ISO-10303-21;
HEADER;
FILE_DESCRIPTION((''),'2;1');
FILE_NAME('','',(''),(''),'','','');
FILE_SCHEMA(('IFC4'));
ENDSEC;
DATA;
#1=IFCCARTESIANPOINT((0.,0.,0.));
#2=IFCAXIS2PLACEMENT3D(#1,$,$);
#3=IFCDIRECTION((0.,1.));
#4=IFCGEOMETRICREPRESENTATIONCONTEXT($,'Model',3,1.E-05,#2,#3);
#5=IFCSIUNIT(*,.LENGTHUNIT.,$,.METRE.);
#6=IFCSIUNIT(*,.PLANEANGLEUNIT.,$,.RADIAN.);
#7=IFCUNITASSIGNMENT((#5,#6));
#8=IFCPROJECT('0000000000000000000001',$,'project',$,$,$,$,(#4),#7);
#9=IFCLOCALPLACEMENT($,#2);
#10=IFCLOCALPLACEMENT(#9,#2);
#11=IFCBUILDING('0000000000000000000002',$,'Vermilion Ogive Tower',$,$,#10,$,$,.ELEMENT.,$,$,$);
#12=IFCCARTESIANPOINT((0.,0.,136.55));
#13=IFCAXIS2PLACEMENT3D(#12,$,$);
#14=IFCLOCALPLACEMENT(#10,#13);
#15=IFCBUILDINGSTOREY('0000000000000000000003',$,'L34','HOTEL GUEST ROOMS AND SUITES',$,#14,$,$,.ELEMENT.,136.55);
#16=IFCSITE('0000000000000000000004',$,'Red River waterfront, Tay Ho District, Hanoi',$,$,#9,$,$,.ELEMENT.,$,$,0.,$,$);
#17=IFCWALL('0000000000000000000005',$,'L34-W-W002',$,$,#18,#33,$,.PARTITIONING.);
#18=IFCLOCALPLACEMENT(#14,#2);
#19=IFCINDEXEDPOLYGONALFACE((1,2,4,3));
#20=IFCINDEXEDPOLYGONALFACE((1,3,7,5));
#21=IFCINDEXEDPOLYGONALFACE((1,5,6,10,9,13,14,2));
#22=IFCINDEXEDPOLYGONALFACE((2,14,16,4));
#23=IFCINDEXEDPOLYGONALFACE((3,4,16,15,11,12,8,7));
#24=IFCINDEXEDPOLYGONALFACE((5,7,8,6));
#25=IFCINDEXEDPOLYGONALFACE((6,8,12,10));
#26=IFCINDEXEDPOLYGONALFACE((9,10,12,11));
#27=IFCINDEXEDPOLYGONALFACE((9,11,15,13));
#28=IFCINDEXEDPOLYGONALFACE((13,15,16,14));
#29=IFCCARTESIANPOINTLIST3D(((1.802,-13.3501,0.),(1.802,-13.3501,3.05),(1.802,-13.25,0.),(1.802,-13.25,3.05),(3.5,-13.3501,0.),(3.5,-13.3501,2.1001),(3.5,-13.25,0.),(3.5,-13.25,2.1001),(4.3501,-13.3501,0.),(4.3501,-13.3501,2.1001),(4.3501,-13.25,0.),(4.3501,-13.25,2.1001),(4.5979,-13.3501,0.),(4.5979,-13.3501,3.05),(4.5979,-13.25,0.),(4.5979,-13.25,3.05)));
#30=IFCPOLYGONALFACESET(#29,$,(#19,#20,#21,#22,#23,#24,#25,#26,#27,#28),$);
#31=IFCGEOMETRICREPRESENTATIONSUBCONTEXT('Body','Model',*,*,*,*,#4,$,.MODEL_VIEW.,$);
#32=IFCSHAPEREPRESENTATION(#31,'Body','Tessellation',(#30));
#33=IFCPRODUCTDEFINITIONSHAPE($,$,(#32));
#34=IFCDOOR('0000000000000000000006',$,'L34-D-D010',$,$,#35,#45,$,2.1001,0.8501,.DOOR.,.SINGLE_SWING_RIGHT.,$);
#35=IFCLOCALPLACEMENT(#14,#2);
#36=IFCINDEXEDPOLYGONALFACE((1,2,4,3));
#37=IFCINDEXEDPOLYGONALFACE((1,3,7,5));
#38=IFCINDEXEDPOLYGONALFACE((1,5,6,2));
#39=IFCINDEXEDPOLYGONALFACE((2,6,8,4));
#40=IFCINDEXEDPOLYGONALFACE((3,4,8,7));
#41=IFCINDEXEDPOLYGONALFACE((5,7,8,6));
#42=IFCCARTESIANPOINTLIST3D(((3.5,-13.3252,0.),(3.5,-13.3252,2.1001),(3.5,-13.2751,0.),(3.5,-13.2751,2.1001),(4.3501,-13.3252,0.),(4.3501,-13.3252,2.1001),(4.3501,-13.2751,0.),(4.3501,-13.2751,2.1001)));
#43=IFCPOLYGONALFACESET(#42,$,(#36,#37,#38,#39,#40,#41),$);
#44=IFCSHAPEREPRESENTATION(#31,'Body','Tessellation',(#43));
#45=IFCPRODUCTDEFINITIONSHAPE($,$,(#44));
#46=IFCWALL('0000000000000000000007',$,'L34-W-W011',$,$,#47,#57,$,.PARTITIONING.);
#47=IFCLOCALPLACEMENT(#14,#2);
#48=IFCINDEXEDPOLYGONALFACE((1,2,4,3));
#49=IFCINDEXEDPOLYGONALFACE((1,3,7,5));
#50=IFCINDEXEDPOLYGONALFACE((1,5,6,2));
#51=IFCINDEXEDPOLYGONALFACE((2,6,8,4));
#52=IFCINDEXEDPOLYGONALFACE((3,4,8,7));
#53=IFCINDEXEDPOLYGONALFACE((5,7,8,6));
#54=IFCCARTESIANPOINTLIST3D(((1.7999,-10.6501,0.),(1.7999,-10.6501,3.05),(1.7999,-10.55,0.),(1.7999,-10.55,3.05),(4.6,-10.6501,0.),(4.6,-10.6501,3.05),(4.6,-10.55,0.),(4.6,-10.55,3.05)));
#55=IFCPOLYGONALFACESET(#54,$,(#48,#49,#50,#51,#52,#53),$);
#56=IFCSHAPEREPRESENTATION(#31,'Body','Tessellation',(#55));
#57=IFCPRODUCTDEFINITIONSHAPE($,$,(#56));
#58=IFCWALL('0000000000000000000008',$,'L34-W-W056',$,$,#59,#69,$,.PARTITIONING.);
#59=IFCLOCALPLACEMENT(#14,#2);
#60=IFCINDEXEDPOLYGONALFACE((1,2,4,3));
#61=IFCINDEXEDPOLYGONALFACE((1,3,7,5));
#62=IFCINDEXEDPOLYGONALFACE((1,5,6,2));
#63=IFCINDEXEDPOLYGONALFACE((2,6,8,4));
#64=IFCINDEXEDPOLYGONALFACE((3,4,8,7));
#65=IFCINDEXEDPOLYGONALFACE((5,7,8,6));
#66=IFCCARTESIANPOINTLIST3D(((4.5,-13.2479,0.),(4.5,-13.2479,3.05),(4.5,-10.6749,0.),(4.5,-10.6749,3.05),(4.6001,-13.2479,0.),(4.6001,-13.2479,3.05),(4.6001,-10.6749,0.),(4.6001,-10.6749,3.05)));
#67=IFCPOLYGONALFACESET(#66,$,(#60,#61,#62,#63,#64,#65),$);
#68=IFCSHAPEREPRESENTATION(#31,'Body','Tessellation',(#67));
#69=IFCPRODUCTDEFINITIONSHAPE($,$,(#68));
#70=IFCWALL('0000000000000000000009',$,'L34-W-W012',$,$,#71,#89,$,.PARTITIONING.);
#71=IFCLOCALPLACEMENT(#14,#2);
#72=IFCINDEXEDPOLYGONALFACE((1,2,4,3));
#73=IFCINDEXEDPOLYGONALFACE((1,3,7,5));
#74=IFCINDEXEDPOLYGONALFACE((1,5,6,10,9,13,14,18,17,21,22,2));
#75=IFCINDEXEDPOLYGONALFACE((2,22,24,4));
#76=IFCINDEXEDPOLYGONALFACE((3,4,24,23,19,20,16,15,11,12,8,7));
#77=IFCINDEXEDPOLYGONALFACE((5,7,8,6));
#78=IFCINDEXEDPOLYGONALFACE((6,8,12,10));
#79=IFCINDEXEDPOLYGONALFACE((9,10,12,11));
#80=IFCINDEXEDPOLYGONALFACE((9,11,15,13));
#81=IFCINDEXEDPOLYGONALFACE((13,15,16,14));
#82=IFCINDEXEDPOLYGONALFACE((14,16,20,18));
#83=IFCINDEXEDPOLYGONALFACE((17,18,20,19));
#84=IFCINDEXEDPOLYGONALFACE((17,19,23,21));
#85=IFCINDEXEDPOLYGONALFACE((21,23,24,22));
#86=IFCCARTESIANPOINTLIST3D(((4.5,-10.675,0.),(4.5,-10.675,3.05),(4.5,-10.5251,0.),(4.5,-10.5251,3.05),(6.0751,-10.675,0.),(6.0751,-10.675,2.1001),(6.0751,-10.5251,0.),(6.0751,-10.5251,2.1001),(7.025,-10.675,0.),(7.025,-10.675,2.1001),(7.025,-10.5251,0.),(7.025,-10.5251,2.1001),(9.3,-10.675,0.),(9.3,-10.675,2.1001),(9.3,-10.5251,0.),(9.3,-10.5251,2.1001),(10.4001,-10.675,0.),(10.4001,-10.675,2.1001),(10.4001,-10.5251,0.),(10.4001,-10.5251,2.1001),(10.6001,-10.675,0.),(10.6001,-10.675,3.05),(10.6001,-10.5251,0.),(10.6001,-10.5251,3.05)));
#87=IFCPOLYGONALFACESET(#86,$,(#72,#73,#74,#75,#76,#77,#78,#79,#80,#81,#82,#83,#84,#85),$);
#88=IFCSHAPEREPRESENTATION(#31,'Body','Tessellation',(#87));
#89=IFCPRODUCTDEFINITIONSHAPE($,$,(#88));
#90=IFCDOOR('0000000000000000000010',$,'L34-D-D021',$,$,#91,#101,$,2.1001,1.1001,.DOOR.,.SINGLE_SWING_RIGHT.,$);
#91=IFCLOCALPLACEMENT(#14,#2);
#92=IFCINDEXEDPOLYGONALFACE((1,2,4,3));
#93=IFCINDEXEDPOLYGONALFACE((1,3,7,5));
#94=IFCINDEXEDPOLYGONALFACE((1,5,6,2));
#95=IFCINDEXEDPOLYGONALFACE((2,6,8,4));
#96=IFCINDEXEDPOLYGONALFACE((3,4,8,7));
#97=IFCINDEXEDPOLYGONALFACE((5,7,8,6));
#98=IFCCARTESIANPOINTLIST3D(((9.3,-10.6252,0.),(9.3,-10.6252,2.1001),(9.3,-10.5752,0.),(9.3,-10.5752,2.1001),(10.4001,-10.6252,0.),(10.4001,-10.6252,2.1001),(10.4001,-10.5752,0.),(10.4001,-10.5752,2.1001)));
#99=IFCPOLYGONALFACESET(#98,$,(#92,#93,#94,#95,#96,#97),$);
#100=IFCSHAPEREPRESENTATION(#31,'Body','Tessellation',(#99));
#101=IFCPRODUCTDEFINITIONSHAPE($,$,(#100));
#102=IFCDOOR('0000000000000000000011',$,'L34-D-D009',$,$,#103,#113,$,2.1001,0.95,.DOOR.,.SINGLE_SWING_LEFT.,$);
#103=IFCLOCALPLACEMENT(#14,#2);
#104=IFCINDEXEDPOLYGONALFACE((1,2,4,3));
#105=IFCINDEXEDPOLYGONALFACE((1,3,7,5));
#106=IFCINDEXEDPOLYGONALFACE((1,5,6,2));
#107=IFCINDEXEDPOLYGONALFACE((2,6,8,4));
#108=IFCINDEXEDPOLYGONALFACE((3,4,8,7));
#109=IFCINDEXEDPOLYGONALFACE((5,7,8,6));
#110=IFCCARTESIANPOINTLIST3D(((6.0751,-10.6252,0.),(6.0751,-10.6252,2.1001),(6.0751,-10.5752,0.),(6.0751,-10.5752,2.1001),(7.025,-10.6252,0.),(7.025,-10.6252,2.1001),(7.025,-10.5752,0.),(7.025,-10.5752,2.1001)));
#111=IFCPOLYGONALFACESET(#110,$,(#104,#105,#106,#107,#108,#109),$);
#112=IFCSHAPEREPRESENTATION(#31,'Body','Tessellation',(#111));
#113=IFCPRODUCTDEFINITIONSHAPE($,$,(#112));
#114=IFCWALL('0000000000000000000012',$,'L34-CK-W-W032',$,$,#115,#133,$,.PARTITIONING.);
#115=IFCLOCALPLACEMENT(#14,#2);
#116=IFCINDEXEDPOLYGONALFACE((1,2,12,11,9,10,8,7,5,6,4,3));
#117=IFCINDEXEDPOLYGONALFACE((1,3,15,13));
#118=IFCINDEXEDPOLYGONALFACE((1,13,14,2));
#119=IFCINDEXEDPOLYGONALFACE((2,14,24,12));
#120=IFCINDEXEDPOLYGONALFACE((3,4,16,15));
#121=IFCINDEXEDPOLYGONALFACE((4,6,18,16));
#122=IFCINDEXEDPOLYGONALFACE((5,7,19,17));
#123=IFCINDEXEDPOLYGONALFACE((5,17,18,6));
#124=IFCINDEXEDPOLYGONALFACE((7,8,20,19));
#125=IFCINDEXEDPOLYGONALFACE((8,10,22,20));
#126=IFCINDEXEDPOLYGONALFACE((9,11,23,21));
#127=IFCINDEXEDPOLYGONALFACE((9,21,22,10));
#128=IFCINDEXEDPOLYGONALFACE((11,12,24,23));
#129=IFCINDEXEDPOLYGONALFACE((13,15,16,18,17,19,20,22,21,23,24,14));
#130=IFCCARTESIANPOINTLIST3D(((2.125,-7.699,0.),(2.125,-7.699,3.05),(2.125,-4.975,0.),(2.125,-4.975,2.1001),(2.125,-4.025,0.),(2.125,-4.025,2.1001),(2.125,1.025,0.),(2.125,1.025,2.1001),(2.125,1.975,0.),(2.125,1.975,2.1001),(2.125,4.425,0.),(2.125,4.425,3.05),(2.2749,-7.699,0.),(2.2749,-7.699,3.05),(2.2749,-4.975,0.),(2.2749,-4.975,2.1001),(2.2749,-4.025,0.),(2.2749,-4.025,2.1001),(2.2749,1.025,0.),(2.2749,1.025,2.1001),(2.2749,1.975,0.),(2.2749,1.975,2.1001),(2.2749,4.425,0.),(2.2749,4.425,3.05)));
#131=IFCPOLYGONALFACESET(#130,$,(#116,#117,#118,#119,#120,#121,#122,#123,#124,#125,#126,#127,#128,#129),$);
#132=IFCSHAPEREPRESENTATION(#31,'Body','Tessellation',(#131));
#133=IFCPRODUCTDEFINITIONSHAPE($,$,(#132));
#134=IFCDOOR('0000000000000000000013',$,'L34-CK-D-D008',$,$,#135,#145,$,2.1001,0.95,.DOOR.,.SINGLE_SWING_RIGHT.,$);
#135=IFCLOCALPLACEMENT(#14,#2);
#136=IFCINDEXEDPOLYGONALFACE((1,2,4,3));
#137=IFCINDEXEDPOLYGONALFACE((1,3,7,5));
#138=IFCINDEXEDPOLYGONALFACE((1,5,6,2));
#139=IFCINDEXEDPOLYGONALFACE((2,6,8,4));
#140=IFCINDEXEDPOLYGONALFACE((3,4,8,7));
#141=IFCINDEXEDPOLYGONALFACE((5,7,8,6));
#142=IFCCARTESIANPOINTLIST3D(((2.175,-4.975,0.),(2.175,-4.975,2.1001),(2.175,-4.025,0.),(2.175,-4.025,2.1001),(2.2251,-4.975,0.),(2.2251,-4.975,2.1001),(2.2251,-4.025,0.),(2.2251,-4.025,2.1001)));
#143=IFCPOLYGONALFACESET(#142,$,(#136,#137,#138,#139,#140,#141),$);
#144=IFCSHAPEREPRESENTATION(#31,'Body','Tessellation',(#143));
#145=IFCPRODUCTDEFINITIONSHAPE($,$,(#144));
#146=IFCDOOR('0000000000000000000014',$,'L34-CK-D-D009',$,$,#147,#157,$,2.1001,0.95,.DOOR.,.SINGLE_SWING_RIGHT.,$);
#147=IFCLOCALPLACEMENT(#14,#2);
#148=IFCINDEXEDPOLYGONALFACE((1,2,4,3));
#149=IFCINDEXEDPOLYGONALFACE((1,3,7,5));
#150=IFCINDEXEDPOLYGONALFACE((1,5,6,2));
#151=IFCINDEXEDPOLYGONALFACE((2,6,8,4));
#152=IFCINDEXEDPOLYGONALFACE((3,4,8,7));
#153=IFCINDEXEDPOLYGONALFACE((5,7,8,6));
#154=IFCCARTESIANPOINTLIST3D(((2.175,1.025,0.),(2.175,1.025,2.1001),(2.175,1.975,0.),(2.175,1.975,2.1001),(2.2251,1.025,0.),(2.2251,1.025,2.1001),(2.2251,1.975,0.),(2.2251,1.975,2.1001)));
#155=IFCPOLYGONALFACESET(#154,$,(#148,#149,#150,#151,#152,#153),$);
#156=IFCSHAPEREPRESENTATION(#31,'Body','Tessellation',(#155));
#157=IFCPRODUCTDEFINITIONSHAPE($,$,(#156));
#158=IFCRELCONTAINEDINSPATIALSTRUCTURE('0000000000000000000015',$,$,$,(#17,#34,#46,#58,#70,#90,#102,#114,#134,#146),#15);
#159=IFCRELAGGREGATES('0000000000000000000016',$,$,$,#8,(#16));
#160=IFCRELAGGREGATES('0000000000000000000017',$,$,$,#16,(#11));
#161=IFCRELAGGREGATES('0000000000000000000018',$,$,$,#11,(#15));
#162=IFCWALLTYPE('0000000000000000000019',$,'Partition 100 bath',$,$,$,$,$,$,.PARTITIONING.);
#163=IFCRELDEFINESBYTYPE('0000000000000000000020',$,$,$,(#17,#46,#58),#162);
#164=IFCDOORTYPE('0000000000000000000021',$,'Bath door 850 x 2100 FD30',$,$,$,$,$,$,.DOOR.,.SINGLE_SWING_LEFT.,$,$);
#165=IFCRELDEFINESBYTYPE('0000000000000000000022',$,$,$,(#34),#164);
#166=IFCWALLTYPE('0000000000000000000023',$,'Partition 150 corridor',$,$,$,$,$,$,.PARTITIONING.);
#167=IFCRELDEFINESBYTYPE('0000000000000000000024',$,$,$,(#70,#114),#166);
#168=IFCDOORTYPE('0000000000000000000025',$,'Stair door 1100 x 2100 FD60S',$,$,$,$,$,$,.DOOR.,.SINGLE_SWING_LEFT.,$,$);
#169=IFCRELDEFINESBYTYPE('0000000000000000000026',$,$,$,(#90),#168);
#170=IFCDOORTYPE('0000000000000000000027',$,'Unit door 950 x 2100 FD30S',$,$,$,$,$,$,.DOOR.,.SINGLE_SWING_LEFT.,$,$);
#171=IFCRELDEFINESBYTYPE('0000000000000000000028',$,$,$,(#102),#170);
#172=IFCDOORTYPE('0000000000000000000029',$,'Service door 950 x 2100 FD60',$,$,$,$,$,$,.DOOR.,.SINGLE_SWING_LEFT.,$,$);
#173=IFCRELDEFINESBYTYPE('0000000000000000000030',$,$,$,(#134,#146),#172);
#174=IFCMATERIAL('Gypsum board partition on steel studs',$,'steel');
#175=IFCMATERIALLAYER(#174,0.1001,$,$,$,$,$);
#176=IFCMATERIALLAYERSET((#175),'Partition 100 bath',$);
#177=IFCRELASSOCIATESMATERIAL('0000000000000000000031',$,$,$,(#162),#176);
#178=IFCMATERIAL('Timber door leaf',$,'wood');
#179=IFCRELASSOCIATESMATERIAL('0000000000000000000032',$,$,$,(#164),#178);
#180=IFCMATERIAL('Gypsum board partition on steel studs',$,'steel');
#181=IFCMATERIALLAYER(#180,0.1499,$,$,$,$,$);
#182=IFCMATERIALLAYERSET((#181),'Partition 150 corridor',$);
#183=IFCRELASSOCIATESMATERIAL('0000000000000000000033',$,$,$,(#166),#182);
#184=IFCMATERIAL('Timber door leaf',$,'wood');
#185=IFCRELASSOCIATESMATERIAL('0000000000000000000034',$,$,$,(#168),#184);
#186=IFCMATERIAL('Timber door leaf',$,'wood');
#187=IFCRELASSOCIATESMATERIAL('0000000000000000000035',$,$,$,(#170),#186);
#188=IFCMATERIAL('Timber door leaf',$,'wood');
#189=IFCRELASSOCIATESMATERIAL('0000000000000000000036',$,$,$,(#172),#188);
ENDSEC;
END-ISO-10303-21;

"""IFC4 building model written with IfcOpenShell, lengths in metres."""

from ifc_helpers import new_model, si_unit, direction, frame, frame_2d, origin, place, context, subcontext, project, spatial, rectangle, extrude, material, layer, layer_set, type_object, element, fill, save


model = new_model("IFC4")

# Units and contexts
model_context = context("Model", 3, precision=1e-05, world=origin(), true_north=direction((0.0, 1.0)))
body_context = subcontext(model_context, "Body", "Model", "MODEL_VIEW")
ifc_project = project(units=[si_unit("LENGTHUNIT", "METRE"), si_unit("PLANEANGLEUNIT", "RADIAN")], contexts=[model_context])

# Site, building, storey
site_placement = place(None, origin())
site = spatial("IfcSite", under=ifc_project, at=site_placement, Name="Red River waterfront, Tay Ho District, Hanoi", CompositionType="ELEMENT", RefElevation=0.0)
building_placement = place(site_placement, origin())
building = spatial("IfcBuilding", under=site, at=building_placement, Name="Vermilion Ogive Tower", CompositionType="ELEMENT")
storey_placement = place(building_placement, frame((0.0, 0.0, 136.55)))
storey = spatial("IfcBuildingStorey", under=building, at=storey_placement, Name="L34", Description="HOTEL GUEST ROOMS AND SUITES", CompositionType="ELEMENT", Elevation=136.55)

# Wall, opening, door
ifc_material_1 = material(Name="Gypsum board partition on steel studs", Category="steel")
ifc_layer_1 = layer(ifc_material_1, 0.1001)
ifc_layer_set_1 = layer_set([ifc_layer_1], Name="Partition 100 bath")
wall_type_1 = type_object("IfcWallType", Name="Partition 100 bath", PredefinedType="PARTITIONING", material=ifc_layer_set_1)
wall_1_placement = place(storey_placement, frame((1.802, -13.3, 0.0), z_axis=(0.0, 0.0, 1.0), x_axis=(1.0, 0.0, 0.0)))
wall_1 = element("IfcWall", 1, at=wall_1_placement, inside=storey, type_object=wall_type_1, Name="L34-W-W002", PredefinedType="PARTITIONING", context=body_context, shape_type="SweptSolid", body=[
    extrude(rectangle(XDim=2.7959, YDim=0.1001, at=frame_2d((1.3979, 0.0))), origin(), (0.0, 0.0, 1.0), 3.05),
])
opening_1_placement = place(wall_1_placement, frame((1.698, 0.0, 0.0)))
opening_1 = element("IfcOpeningElement", 2, at=opening_1_placement, cuts=wall_1, PredefinedType="OPENING", context=body_context, shape_type="SweptSolid", body=[
    extrude(rectangle(XDim=0.8501, YDim=2.1001, at=frame_2d((0.425, 1.05))), frame((0.0, 0.0601, 0.0), z_axis=(0.0, -1.0, 0.0), x_axis=(1.0, 0.0, 0.0)), (0.0, 0.0, 1.0), 0.1201),
])
ifc_material_2 = material(Name="Timber door leaf", Category="wood")
door_type_1 = type_object("IfcDoorType", Name="Bath door 850 x 2100 FD30", OperationType="SINGLE_SWING_LEFT", PredefinedType="DOOR", material=ifc_material_2)
door_1_placement = place(opening_1_placement, origin())
door_1 = element("IfcDoor", 3, at=door_1_placement, inside=storey, type_object=door_type_1, Name="L34-D-D010", OperationType="SINGLE_SWING_RIGHT", OverallHeight=2.1001, OverallWidth=0.8501, PredefinedType="DOOR", context=body_context, shape_type="SweptSolid", body=[
    extrude(rectangle(XDim=0.8501, YDim=2.1001, at=frame_2d((0.425, 1.05))), frame((0.0, 0.0249, 0.0), z_axis=(0.0, -1.0, 0.0), x_axis=(1.0, 0.0, 0.0)), (0.0, 0.0, 1.0), 0.05),
])
fill(opening_1, door_1)

# Walls
wall_2_placement = place(storey_placement, frame((1.8, -10.6001, 0.0), z_axis=(0.0, 0.0, 1.0), x_axis=(1.0, 0.0, 0.0)))
element("IfcWall", 4, at=wall_2_placement, inside=storey, type_object=wall_type_1, Name="L34-W-W011", PredefinedType="PARTITIONING", context=body_context, shape_type="SweptSolid", body=[
    extrude(rectangle(XDim=2.8, YDim=0.1001, at=frame_2d((1.3999, 0.0))), origin(), (0.0, 0.0, 1.0), 3.05),
])
wall_3_placement = place(storey_placement, frame((4.55, -13.248, 0.0), z_axis=(0.0, 0.0, 1.0), x_axis=(0.0, 1.0, 0.0)))
element("IfcWall", 5, at=wall_3_placement, inside=storey, type_object=wall_type_1, Name="L34-W-W056", PredefinedType="PARTITIONING", context=body_context, shape_type="SweptSolid", body=[
    extrude(rectangle(XDim=2.573, YDim=0.1001, at=frame_2d((1.2866, 0.0))), origin(), (0.0, 0.0, 1.0), 3.05),
])

# Walls, openings, doors
ifc_material_3 = material(Name="Gypsum board partition on steel studs", Category="steel")
ifc_layer_2 = layer(ifc_material_3, 0.1499)
ifc_layer_set_2 = layer_set([ifc_layer_2], Name="Partition 150 corridor")
wall_type_2 = type_object("IfcWallType", Name="Partition 150 corridor", PredefinedType="PARTITIONING", material=ifc_layer_set_2)
wall_4_placement = place(storey_placement, frame((4.5, -10.6001, 0.0), z_axis=(0.0, 0.0, 1.0), x_axis=(1.0, 0.0, 0.0)))
wall_4 = element("IfcWall", 6, at=wall_4_placement, inside=storey, type_object=wall_type_2, Name="L34-W-W012", PredefinedType="PARTITIONING", context=body_context, shape_type="SweptSolid", body=[
    extrude(rectangle(XDim=6.1001, YDim=0.1499, at=frame_2d((3.05, 0.0))), origin(), (0.0, 0.0, 1.0), 3.05),
])
opening_2_placement = place(wall_4_placement, frame((1.575, 0.0, 0.0)))
opening_2 = element("IfcOpeningElement", 7, at=opening_2_placement, cuts=wall_4, PredefinedType="OPENING", context=body_context, shape_type="SweptSolid", body=[
    extrude(rectangle(XDim=0.95, YDim=2.1001, at=frame_2d((0.4751, 1.05))), frame((0.0, 0.085, 0.0), z_axis=(0.0, -1.0, 0.0), x_axis=(1.0, 0.0, 0.0)), (0.0, 0.0, 1.0), 0.1699),
])
opening_3_placement = place(wall_4_placement, frame((4.8, 0.0, 0.0)))
opening_3 = element("IfcOpeningElement", 8, at=opening_3_placement, cuts=wall_4, PredefinedType="OPENING", context=body_context, shape_type="SweptSolid", body=[
    extrude(rectangle(XDim=1.1001, YDim=2.1001, at=frame_2d((0.55, 1.05))), frame((0.0, 0.085, 0.0), z_axis=(0.0, -1.0, 0.0), x_axis=(1.0, 0.0, 0.0)), (0.0, 0.0, 1.0), 0.1699),
])
ifc_material_4 = material(Name="Timber door leaf", Category="wood")
door_type_2 = type_object("IfcDoorType", Name="Stair door 1100 x 2100 FD60S", OperationType="SINGLE_SWING_LEFT", PredefinedType="DOOR", material=ifc_material_4)
door_2_placement = place(opening_3_placement, origin())
door_2 = element("IfcDoor", 9, at=door_2_placement, inside=storey, type_object=door_type_2, Name="L34-D-D021", OperationType="SINGLE_SWING_RIGHT", OverallHeight=2.1001, OverallWidth=1.1001, PredefinedType="DOOR", context=body_context, shape_type="SweptSolid", body=[
    extrude(rectangle(XDim=1.1001, YDim=2.1001, at=frame_2d((0.55, 1.05))), frame((0.0, 0.0249, 0.0), z_axis=(0.0, -1.0, 0.0), x_axis=(1.0, 0.0, 0.0)), (0.0, 0.0, 1.0), 0.05),
])
fill(opening_3, door_2)
ifc_material_5 = material(Name="Timber door leaf", Category="wood")
door_type_3 = type_object("IfcDoorType", Name="Unit door 950 x 2100 FD30S", OperationType="SINGLE_SWING_LEFT", PredefinedType="DOOR", material=ifc_material_5)
door_3_placement = place(opening_2_placement, origin())
door_3 = element("IfcDoor", 10, at=door_3_placement, inside=storey, type_object=door_type_3, Name="L34-D-D009", OperationType="SINGLE_SWING_LEFT", OverallHeight=2.1001, OverallWidth=0.95, PredefinedType="DOOR", context=body_context, shape_type="SweptSolid", body=[
    extrude(rectangle(XDim=0.95, YDim=2.1001, at=frame_2d((0.4751, 1.05))), frame((0.0, 0.0249, 0.0), z_axis=(0.0, -1.0, 0.0), x_axis=(1.0, 0.0, 0.0)), (0.0, 0.0, 1.0), 0.05),
])
fill(opening_2, door_3)
wall_5_placement = place(storey_placement, frame((2.2, -7.699, 0.0), z_axis=(0.0, 0.0, 1.0), x_axis=(0.0, 1.0, 0.0)))
wall_5 = element("IfcWall", 11, at=wall_5_placement, inside=storey, type_object=wall_type_2, Name="L34-CK-W-W032", PredefinedType="PARTITIONING", context=body_context, shape_type="SweptSolid", body=[
    extrude(rectangle(XDim=12.124, YDim=0.1499, at=frame_2d((6.062, 0.0))), origin(), (0.0, 0.0, 1.0), 3.05),
])
opening_4_placement = place(wall_5_placement, frame((2.7239, 0.0, 0.0)))
opening_4 = element("IfcOpeningElement", 12, at=opening_4_placement, cuts=wall_5, PredefinedType="OPENING", context=body_context, shape_type="SweptSolid", body=[
    extrude(rectangle(XDim=0.95, YDim=2.1001, at=frame_2d((0.4751, 1.05))), frame((0.0, 0.085, 0.0), z_axis=(0.0, -1.0, 0.0), x_axis=(1.0, 0.0, 0.0)), (0.0, 0.0, 1.0), 0.1699),
])
opening_5_placement = place(wall_5_placement, frame((8.7239, 0.0, 0.0)))
opening_5 = element("IfcOpeningElement", 13, at=opening_5_placement, cuts=wall_5, PredefinedType="OPENING", context=body_context, shape_type="SweptSolid", body=[
    extrude(rectangle(XDim=0.95, YDim=2.1001, at=frame_2d((0.4751, 1.05))), frame((0.0, 0.085, 0.0), z_axis=(0.0, -1.0, 0.0), x_axis=(1.0, 0.0, 0.0)), (0.0, 0.0, 1.0), 0.1699),
])
ifc_material_6 = material(Name="Timber door leaf", Category="wood")
door_type_4 = type_object("IfcDoorType", Name="Service door 950 x 2100 FD60", OperationType="SINGLE_SWING_LEFT", PredefinedType="DOOR", material=ifc_material_6)
door_4_placement = place(opening_4_placement, origin())
door_4 = element("IfcDoor", 14, at=door_4_placement, inside=storey, type_object=door_type_4, Name="L34-CK-D-D008", OperationType="SINGLE_SWING_RIGHT", OverallHeight=2.1001, OverallWidth=0.95, PredefinedType="DOOR", context=body_context, shape_type="SweptSolid", body=[
    extrude(rectangle(XDim=0.95, YDim=2.1001, at=frame_2d((0.4751, 1.05))), frame((0.0, 0.0249, 0.0), z_axis=(0.0, -1.0, 0.0), x_axis=(1.0, 0.0, 0.0)), (0.0, 0.0, 1.0), 0.05),
])
fill(opening_4, door_4)
door_5_placement = place(opening_5_placement, origin())
door_5 = element("IfcDoor", 15, at=door_5_placement, inside=storey, type_object=door_type_4, Name="L34-CK-D-D009", OperationType="SINGLE_SWING_RIGHT", OverallHeight=2.1001, OverallWidth=0.95, PredefinedType="DOOR", context=body_context, shape_type="SweptSolid", body=[
    extrude(rectangle(XDim=0.95, YDim=2.1001, at=frame_2d((0.4751, 1.05))), frame((0.0, 0.0249, 0.0), z_axis=(0.0, -1.0, 0.0), x_axis=(1.0, 0.0, 0.0)), (0.0, 0.0, 1.0), 0.05),
])
fill(opening_5, door_5)

save(model, "model.ifc")
